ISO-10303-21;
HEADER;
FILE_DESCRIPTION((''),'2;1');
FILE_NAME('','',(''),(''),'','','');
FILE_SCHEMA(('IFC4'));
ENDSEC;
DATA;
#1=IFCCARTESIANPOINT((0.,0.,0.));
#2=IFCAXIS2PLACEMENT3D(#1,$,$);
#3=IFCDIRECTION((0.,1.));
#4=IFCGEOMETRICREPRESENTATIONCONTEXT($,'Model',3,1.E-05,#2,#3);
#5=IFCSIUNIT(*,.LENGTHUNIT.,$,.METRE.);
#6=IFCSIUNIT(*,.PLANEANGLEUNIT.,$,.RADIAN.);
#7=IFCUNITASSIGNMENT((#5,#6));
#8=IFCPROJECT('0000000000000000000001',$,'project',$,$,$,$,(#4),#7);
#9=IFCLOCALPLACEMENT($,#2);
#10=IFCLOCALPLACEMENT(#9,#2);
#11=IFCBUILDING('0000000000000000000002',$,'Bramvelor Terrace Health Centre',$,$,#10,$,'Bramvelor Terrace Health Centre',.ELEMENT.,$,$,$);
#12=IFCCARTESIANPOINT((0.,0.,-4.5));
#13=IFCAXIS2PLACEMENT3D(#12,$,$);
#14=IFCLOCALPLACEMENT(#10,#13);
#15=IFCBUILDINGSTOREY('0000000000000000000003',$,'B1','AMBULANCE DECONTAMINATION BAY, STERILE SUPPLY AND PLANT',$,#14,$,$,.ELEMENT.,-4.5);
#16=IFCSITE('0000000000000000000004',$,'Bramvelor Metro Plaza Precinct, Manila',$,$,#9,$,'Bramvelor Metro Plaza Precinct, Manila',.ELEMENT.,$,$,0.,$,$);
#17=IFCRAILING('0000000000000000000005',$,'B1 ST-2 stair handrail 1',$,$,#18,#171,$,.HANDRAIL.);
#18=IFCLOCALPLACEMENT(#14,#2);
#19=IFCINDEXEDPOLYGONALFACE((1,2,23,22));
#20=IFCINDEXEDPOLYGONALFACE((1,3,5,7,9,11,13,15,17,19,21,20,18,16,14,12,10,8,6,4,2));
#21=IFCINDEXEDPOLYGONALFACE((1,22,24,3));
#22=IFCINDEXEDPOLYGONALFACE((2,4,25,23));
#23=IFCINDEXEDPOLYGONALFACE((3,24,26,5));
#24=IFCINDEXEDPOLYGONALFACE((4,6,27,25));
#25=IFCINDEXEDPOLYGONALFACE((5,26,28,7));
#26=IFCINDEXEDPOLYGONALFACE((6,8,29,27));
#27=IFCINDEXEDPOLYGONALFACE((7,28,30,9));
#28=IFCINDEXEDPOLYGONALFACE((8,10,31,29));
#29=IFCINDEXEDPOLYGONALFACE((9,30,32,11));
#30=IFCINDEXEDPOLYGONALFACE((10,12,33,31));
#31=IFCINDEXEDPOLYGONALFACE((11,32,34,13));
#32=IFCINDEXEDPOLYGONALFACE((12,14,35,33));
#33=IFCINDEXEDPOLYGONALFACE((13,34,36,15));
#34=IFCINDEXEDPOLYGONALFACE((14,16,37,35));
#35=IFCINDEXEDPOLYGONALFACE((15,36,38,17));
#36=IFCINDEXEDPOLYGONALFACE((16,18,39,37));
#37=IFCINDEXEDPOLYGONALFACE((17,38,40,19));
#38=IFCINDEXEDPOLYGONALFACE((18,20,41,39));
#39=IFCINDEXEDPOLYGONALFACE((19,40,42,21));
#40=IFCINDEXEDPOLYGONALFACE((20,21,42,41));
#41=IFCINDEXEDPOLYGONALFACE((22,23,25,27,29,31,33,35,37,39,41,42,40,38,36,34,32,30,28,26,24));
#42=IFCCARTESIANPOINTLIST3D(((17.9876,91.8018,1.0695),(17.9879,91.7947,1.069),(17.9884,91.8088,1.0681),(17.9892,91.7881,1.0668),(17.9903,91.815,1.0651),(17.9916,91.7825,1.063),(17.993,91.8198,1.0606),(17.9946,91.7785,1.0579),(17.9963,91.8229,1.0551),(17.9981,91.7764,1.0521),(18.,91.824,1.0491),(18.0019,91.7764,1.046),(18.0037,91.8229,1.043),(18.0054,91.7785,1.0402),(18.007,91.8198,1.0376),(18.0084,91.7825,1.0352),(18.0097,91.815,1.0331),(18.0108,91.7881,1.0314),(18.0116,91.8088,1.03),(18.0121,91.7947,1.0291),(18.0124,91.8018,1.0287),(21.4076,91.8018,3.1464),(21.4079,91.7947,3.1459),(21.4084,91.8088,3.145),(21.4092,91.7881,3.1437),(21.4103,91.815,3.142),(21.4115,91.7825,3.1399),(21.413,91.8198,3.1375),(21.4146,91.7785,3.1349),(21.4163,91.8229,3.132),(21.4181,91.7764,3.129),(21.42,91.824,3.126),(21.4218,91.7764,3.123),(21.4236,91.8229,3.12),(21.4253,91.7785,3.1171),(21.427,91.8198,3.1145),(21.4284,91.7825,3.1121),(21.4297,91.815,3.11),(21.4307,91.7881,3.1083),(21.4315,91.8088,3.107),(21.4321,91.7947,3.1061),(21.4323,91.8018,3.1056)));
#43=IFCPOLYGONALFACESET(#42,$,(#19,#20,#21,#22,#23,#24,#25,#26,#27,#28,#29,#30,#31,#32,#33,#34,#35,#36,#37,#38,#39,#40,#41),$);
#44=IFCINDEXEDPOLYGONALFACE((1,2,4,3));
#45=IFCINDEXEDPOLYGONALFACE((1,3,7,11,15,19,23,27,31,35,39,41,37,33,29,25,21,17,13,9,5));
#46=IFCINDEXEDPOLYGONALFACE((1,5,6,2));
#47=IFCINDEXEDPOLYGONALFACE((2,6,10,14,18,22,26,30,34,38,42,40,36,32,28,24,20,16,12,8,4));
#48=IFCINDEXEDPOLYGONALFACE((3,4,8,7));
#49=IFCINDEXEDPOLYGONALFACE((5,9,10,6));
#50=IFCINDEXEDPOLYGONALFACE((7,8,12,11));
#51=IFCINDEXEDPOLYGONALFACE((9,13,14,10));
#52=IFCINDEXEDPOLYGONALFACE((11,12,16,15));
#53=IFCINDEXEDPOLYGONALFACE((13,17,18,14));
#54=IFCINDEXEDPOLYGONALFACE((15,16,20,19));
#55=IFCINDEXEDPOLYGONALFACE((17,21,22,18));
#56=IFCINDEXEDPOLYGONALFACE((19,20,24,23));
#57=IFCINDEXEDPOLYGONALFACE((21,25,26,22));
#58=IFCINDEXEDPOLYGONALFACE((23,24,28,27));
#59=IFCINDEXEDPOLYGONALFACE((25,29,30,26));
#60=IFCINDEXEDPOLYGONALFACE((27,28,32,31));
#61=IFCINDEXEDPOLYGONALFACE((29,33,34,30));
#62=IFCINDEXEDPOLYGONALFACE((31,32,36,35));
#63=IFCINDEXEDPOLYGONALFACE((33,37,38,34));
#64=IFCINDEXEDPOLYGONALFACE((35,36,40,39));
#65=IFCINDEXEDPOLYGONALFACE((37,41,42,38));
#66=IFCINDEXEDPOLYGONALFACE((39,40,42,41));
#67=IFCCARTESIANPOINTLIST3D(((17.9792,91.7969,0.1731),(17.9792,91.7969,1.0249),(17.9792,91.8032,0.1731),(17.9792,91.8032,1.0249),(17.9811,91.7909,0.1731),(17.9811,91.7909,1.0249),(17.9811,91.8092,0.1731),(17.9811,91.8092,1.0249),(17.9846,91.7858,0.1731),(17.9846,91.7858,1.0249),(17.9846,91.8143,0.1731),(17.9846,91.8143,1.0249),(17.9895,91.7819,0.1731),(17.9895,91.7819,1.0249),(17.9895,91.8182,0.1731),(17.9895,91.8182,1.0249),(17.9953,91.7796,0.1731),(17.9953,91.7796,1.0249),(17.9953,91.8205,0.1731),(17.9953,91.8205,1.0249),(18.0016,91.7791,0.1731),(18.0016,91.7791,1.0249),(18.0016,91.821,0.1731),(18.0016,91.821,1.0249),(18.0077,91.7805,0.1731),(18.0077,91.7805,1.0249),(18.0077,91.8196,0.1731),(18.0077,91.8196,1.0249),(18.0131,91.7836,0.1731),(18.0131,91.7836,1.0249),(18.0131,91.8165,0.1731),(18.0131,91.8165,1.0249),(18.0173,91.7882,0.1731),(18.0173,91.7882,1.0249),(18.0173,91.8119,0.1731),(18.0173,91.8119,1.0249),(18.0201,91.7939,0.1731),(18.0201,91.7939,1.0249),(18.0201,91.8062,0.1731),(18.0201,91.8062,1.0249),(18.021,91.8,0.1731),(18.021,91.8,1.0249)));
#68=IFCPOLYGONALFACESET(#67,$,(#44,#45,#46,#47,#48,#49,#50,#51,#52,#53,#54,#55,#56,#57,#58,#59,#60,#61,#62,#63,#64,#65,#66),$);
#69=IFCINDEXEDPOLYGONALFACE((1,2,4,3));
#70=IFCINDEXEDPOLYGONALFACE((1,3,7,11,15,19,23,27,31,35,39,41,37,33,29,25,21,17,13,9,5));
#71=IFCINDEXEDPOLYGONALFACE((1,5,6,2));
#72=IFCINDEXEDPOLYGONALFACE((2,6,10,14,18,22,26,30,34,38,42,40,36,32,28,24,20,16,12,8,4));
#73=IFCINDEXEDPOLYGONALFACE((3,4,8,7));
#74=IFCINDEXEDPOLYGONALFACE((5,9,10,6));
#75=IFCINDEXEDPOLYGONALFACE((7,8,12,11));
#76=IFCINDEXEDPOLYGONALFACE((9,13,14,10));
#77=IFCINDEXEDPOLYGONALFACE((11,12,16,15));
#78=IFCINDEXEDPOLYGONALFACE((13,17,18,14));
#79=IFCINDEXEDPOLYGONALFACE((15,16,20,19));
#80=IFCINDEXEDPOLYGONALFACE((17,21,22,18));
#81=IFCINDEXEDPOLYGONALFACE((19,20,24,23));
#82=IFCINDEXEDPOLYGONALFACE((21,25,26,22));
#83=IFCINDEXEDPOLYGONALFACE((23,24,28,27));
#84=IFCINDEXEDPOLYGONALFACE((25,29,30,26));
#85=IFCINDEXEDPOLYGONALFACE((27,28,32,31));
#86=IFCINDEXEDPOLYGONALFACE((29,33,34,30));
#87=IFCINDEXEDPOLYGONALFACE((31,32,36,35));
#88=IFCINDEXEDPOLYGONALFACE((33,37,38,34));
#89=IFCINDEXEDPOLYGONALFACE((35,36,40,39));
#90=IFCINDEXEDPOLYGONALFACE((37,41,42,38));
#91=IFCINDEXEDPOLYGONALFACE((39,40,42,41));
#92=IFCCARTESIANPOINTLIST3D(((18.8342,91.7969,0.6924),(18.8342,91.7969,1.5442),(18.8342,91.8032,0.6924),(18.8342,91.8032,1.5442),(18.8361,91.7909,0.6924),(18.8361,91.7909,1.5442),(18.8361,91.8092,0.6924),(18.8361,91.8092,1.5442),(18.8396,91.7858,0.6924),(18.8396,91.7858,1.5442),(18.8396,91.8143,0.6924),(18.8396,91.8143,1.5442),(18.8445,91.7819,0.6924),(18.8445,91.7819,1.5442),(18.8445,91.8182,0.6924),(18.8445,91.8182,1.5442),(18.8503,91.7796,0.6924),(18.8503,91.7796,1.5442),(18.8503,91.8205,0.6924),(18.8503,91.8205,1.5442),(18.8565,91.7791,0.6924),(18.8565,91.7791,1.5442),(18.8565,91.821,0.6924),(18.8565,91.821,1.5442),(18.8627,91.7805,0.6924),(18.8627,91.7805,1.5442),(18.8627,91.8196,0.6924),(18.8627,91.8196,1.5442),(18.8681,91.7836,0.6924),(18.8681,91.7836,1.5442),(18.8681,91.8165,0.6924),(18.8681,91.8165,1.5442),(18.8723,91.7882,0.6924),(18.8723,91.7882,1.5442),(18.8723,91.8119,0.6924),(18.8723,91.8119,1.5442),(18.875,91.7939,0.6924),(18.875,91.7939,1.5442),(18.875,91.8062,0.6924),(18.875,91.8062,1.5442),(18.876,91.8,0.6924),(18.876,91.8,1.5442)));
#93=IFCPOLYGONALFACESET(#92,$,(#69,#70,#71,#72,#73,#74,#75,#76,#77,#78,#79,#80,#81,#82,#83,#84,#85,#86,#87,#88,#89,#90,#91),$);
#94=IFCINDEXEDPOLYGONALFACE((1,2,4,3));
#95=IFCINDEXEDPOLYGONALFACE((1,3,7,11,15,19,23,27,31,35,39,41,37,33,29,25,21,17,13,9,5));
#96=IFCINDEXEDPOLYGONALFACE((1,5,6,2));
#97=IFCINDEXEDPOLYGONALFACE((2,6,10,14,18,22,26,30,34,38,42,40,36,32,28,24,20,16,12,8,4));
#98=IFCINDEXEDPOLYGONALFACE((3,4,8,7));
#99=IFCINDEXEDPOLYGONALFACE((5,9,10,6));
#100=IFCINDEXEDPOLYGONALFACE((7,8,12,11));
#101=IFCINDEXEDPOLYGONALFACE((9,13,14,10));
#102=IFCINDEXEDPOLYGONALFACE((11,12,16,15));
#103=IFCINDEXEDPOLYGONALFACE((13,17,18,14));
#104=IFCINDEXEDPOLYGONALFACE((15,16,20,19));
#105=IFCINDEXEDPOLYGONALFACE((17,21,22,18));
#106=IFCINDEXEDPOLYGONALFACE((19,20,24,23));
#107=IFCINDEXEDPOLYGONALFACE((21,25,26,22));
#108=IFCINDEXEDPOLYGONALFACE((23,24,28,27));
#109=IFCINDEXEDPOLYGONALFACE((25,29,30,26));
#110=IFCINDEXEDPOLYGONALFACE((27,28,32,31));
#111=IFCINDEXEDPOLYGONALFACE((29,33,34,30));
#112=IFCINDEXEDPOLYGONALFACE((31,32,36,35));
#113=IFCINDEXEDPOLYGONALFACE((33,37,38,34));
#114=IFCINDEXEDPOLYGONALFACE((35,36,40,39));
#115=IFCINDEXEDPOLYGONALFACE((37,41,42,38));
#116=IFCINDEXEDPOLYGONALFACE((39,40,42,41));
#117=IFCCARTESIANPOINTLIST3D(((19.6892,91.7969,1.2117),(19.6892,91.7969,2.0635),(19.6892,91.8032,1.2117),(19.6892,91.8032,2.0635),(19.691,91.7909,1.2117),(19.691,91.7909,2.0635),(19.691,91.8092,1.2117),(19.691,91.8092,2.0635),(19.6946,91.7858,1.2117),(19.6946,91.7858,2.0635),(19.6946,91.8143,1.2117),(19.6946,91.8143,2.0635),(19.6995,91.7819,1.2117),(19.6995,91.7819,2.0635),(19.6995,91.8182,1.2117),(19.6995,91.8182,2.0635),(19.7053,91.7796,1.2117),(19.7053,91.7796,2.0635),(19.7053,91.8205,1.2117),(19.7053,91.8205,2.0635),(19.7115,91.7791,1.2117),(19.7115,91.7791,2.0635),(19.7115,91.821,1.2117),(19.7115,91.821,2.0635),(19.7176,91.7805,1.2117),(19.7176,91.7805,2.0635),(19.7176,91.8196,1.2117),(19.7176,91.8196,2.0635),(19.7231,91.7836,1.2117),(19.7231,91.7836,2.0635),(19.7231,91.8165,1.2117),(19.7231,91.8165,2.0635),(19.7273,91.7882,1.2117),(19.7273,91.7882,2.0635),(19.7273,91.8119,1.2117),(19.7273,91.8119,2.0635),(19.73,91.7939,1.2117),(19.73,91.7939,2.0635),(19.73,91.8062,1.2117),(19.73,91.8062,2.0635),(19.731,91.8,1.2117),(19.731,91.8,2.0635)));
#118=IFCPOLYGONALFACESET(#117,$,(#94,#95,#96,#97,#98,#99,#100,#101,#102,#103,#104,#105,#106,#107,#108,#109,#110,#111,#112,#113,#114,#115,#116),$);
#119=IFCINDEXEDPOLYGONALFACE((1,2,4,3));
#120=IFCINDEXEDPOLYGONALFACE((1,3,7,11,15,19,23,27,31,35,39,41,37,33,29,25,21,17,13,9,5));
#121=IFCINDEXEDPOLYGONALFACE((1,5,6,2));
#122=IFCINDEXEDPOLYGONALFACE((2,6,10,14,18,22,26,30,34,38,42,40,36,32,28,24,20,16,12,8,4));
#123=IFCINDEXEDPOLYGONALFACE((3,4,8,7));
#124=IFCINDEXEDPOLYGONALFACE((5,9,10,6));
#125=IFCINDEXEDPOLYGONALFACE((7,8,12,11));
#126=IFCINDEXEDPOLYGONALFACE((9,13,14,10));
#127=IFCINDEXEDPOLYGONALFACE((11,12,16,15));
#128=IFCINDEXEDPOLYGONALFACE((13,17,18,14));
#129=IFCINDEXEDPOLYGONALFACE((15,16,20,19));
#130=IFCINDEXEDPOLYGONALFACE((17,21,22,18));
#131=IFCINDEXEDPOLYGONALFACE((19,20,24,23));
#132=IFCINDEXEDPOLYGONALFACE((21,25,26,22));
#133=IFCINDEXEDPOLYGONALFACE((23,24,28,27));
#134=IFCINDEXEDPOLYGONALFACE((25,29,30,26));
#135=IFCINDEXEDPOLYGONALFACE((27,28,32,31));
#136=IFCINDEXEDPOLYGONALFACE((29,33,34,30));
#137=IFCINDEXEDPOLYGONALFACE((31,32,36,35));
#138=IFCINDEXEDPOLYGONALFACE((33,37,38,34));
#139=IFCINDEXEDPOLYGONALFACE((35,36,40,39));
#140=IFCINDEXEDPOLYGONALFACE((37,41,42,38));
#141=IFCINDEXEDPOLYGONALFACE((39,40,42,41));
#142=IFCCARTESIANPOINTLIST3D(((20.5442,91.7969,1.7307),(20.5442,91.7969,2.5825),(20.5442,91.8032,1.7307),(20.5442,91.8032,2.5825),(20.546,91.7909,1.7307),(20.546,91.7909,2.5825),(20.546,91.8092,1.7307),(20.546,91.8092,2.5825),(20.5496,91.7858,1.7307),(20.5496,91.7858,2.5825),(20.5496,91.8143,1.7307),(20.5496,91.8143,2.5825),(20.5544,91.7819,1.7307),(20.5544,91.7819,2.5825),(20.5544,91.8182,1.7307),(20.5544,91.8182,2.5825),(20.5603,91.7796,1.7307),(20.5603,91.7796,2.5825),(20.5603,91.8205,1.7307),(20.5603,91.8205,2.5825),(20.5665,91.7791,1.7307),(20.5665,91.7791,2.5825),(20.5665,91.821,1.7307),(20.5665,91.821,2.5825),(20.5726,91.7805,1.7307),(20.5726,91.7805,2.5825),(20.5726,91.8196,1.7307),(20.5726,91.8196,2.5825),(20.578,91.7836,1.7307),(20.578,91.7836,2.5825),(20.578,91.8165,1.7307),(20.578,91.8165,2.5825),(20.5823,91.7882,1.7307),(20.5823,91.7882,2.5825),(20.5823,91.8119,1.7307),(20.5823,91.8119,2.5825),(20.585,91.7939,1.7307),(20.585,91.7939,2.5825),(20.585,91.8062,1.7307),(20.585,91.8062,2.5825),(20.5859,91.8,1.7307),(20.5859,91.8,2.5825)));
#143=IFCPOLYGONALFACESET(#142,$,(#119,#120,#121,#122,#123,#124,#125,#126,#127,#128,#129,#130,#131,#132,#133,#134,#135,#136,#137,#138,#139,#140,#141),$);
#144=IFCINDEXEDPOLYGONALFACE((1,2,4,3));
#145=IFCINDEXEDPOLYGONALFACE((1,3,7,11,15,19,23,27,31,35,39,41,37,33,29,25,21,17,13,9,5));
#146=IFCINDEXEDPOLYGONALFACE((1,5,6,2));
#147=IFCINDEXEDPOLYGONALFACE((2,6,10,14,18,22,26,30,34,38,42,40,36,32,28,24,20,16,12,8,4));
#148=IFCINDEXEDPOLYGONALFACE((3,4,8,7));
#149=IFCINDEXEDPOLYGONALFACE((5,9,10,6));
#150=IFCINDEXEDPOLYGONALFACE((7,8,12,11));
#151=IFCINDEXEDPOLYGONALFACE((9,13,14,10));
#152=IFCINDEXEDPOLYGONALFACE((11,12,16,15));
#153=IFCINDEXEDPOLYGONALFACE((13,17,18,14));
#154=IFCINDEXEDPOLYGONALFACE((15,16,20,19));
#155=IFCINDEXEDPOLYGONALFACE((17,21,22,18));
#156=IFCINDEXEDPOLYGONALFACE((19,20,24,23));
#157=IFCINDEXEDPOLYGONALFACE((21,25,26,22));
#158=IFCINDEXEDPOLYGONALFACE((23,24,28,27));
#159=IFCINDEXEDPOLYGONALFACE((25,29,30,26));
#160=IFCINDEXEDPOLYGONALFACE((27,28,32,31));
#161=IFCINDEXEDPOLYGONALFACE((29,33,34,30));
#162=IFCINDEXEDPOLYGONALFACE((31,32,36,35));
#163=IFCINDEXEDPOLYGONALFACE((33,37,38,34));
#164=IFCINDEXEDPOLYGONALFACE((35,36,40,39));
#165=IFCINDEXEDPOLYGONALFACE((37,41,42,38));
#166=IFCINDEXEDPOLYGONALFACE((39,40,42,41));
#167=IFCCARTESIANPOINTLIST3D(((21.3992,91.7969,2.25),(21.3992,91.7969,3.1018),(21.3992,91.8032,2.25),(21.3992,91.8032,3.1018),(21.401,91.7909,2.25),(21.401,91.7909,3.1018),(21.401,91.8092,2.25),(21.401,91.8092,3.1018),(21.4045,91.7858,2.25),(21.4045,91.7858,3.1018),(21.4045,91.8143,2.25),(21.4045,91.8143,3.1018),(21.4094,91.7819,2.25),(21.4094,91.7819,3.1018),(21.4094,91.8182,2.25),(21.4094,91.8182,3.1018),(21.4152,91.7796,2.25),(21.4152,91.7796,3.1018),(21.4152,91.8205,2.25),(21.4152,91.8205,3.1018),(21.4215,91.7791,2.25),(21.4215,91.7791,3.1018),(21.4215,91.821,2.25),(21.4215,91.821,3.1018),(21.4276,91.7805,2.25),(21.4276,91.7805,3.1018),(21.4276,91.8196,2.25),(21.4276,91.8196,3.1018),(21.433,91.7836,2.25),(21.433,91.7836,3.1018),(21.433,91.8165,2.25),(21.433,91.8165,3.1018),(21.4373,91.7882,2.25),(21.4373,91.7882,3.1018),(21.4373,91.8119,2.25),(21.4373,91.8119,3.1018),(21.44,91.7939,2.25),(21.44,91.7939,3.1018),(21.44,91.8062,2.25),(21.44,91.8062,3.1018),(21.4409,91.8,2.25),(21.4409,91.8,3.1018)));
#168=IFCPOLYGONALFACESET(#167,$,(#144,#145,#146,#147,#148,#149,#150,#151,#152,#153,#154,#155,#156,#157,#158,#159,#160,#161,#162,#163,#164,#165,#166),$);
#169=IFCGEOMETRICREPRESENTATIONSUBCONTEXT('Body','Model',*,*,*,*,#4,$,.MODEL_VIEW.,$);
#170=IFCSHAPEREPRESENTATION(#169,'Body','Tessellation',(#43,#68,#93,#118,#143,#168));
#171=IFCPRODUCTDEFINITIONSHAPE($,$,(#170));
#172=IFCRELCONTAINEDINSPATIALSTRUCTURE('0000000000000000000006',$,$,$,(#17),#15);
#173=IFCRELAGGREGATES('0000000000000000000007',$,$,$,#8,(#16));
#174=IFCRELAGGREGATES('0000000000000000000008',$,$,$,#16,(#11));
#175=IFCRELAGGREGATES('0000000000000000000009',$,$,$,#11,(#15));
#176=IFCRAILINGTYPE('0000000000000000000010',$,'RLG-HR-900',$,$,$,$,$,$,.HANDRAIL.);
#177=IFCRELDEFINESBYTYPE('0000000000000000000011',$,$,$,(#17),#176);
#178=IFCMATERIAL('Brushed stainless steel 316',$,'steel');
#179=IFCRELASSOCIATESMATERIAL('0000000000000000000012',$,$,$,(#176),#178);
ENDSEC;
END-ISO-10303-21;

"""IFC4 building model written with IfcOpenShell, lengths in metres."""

from ifc_helpers import new_model, si_unit, direction, frame, origin, origin_2d, place, context, subcontext, project, spatial, circle, extrude, material, type_object, element, save


model = new_model("IFC4")

# Units and contexts
model_context = context("Model", 3, precision=1e-05, world=origin(), true_north=direction((0.0, 1.0)))
body_context = subcontext(model_context, "Body", "Model", "MODEL_VIEW")
ifc_project = project(units=[si_unit("LENGTHUNIT", "METRE"), si_unit("PLANEANGLEUNIT", "RADIAN")], contexts=[model_context])

# Site, building, storey
site_placement = place(None, origin())
site = spatial("IfcSite", under=ifc_project, at=site_placement, Name="Bramvelor Metro Plaza Precinct, Manila", LongName="Bramvelor Metro Plaza Precinct, Manila", CompositionType="ELEMENT", RefElevation=0.0)
building_placement = place(site_placement, origin())
building = spatial("IfcBuilding", under=site, at=building_placement, Name="Bramvelor Terrace Health Centre", LongName="Bramvelor Terrace Health Centre", CompositionType="ELEMENT")
storey_placement = place(building_placement, frame((0.0, 0.0, -4.5)))
storey = spatial("IfcBuildingStorey", under=building, at=storey_placement, Name="B1", Description="AMBULANCE DECONTAMINATION BAY, STERILE SUPPLY AND PLANT", CompositionType="ELEMENT", Elevation=-4.5)

# Railing
ifc_material_1 = material(Name="Brushed stainless steel 316", Category="steel")
railing_type_1 = type_object("IfcRailingType", Name="RLG-HR-900", PredefinedType="HANDRAIL", material=ifc_material_1)
railing_1_placement = place(storey_placement, frame((18.0, 91.8, 0.1731)))
element("IfcRailing", 1, at=railing_1_placement, inside=storey, type_object=railing_type_1, Name="B1 ST-2 stair handrail 1", PredefinedType="HANDRAIL", context=body_context, shape_type="SweptSolid", body=[
    extrude(circle(Radius=0.0239, at=origin_2d()), frame((0.0, 0.0, 0.876), z_axis=(0.85473, 0.0, 0.519074), x_axis=(0.0, 1.0, 0.0)), (0.0, 0.0, 1.0), 4.0012),
    extrude(circle(Radius=0.021, at=origin_2d()), origin(), (0.0, 0.0, 1.0), 0.8518),
    extrude(circle(Radius=0.021, at=origin_2d()), frame((0.855, 0.0, 0.5193)), (0.0, 0.0, 1.0), 0.8518),
    extrude(circle(Radius=0.021, at=origin_2d()), frame((1.71, 0.0, 1.0386)), (0.0, 0.0, 1.0), 0.8518),
    extrude(circle(Radius=0.021, at=origin_2d()), frame((2.5649, 0.0, 1.5576)), (0.0, 0.0, 1.0), 0.8518),
    extrude(circle(Radius=0.021, at=origin_2d()), frame((3.4199, 0.0, 2.0769)), (0.0, 0.0, 1.0), 0.8518),
])

save(model, "model.ifc")
